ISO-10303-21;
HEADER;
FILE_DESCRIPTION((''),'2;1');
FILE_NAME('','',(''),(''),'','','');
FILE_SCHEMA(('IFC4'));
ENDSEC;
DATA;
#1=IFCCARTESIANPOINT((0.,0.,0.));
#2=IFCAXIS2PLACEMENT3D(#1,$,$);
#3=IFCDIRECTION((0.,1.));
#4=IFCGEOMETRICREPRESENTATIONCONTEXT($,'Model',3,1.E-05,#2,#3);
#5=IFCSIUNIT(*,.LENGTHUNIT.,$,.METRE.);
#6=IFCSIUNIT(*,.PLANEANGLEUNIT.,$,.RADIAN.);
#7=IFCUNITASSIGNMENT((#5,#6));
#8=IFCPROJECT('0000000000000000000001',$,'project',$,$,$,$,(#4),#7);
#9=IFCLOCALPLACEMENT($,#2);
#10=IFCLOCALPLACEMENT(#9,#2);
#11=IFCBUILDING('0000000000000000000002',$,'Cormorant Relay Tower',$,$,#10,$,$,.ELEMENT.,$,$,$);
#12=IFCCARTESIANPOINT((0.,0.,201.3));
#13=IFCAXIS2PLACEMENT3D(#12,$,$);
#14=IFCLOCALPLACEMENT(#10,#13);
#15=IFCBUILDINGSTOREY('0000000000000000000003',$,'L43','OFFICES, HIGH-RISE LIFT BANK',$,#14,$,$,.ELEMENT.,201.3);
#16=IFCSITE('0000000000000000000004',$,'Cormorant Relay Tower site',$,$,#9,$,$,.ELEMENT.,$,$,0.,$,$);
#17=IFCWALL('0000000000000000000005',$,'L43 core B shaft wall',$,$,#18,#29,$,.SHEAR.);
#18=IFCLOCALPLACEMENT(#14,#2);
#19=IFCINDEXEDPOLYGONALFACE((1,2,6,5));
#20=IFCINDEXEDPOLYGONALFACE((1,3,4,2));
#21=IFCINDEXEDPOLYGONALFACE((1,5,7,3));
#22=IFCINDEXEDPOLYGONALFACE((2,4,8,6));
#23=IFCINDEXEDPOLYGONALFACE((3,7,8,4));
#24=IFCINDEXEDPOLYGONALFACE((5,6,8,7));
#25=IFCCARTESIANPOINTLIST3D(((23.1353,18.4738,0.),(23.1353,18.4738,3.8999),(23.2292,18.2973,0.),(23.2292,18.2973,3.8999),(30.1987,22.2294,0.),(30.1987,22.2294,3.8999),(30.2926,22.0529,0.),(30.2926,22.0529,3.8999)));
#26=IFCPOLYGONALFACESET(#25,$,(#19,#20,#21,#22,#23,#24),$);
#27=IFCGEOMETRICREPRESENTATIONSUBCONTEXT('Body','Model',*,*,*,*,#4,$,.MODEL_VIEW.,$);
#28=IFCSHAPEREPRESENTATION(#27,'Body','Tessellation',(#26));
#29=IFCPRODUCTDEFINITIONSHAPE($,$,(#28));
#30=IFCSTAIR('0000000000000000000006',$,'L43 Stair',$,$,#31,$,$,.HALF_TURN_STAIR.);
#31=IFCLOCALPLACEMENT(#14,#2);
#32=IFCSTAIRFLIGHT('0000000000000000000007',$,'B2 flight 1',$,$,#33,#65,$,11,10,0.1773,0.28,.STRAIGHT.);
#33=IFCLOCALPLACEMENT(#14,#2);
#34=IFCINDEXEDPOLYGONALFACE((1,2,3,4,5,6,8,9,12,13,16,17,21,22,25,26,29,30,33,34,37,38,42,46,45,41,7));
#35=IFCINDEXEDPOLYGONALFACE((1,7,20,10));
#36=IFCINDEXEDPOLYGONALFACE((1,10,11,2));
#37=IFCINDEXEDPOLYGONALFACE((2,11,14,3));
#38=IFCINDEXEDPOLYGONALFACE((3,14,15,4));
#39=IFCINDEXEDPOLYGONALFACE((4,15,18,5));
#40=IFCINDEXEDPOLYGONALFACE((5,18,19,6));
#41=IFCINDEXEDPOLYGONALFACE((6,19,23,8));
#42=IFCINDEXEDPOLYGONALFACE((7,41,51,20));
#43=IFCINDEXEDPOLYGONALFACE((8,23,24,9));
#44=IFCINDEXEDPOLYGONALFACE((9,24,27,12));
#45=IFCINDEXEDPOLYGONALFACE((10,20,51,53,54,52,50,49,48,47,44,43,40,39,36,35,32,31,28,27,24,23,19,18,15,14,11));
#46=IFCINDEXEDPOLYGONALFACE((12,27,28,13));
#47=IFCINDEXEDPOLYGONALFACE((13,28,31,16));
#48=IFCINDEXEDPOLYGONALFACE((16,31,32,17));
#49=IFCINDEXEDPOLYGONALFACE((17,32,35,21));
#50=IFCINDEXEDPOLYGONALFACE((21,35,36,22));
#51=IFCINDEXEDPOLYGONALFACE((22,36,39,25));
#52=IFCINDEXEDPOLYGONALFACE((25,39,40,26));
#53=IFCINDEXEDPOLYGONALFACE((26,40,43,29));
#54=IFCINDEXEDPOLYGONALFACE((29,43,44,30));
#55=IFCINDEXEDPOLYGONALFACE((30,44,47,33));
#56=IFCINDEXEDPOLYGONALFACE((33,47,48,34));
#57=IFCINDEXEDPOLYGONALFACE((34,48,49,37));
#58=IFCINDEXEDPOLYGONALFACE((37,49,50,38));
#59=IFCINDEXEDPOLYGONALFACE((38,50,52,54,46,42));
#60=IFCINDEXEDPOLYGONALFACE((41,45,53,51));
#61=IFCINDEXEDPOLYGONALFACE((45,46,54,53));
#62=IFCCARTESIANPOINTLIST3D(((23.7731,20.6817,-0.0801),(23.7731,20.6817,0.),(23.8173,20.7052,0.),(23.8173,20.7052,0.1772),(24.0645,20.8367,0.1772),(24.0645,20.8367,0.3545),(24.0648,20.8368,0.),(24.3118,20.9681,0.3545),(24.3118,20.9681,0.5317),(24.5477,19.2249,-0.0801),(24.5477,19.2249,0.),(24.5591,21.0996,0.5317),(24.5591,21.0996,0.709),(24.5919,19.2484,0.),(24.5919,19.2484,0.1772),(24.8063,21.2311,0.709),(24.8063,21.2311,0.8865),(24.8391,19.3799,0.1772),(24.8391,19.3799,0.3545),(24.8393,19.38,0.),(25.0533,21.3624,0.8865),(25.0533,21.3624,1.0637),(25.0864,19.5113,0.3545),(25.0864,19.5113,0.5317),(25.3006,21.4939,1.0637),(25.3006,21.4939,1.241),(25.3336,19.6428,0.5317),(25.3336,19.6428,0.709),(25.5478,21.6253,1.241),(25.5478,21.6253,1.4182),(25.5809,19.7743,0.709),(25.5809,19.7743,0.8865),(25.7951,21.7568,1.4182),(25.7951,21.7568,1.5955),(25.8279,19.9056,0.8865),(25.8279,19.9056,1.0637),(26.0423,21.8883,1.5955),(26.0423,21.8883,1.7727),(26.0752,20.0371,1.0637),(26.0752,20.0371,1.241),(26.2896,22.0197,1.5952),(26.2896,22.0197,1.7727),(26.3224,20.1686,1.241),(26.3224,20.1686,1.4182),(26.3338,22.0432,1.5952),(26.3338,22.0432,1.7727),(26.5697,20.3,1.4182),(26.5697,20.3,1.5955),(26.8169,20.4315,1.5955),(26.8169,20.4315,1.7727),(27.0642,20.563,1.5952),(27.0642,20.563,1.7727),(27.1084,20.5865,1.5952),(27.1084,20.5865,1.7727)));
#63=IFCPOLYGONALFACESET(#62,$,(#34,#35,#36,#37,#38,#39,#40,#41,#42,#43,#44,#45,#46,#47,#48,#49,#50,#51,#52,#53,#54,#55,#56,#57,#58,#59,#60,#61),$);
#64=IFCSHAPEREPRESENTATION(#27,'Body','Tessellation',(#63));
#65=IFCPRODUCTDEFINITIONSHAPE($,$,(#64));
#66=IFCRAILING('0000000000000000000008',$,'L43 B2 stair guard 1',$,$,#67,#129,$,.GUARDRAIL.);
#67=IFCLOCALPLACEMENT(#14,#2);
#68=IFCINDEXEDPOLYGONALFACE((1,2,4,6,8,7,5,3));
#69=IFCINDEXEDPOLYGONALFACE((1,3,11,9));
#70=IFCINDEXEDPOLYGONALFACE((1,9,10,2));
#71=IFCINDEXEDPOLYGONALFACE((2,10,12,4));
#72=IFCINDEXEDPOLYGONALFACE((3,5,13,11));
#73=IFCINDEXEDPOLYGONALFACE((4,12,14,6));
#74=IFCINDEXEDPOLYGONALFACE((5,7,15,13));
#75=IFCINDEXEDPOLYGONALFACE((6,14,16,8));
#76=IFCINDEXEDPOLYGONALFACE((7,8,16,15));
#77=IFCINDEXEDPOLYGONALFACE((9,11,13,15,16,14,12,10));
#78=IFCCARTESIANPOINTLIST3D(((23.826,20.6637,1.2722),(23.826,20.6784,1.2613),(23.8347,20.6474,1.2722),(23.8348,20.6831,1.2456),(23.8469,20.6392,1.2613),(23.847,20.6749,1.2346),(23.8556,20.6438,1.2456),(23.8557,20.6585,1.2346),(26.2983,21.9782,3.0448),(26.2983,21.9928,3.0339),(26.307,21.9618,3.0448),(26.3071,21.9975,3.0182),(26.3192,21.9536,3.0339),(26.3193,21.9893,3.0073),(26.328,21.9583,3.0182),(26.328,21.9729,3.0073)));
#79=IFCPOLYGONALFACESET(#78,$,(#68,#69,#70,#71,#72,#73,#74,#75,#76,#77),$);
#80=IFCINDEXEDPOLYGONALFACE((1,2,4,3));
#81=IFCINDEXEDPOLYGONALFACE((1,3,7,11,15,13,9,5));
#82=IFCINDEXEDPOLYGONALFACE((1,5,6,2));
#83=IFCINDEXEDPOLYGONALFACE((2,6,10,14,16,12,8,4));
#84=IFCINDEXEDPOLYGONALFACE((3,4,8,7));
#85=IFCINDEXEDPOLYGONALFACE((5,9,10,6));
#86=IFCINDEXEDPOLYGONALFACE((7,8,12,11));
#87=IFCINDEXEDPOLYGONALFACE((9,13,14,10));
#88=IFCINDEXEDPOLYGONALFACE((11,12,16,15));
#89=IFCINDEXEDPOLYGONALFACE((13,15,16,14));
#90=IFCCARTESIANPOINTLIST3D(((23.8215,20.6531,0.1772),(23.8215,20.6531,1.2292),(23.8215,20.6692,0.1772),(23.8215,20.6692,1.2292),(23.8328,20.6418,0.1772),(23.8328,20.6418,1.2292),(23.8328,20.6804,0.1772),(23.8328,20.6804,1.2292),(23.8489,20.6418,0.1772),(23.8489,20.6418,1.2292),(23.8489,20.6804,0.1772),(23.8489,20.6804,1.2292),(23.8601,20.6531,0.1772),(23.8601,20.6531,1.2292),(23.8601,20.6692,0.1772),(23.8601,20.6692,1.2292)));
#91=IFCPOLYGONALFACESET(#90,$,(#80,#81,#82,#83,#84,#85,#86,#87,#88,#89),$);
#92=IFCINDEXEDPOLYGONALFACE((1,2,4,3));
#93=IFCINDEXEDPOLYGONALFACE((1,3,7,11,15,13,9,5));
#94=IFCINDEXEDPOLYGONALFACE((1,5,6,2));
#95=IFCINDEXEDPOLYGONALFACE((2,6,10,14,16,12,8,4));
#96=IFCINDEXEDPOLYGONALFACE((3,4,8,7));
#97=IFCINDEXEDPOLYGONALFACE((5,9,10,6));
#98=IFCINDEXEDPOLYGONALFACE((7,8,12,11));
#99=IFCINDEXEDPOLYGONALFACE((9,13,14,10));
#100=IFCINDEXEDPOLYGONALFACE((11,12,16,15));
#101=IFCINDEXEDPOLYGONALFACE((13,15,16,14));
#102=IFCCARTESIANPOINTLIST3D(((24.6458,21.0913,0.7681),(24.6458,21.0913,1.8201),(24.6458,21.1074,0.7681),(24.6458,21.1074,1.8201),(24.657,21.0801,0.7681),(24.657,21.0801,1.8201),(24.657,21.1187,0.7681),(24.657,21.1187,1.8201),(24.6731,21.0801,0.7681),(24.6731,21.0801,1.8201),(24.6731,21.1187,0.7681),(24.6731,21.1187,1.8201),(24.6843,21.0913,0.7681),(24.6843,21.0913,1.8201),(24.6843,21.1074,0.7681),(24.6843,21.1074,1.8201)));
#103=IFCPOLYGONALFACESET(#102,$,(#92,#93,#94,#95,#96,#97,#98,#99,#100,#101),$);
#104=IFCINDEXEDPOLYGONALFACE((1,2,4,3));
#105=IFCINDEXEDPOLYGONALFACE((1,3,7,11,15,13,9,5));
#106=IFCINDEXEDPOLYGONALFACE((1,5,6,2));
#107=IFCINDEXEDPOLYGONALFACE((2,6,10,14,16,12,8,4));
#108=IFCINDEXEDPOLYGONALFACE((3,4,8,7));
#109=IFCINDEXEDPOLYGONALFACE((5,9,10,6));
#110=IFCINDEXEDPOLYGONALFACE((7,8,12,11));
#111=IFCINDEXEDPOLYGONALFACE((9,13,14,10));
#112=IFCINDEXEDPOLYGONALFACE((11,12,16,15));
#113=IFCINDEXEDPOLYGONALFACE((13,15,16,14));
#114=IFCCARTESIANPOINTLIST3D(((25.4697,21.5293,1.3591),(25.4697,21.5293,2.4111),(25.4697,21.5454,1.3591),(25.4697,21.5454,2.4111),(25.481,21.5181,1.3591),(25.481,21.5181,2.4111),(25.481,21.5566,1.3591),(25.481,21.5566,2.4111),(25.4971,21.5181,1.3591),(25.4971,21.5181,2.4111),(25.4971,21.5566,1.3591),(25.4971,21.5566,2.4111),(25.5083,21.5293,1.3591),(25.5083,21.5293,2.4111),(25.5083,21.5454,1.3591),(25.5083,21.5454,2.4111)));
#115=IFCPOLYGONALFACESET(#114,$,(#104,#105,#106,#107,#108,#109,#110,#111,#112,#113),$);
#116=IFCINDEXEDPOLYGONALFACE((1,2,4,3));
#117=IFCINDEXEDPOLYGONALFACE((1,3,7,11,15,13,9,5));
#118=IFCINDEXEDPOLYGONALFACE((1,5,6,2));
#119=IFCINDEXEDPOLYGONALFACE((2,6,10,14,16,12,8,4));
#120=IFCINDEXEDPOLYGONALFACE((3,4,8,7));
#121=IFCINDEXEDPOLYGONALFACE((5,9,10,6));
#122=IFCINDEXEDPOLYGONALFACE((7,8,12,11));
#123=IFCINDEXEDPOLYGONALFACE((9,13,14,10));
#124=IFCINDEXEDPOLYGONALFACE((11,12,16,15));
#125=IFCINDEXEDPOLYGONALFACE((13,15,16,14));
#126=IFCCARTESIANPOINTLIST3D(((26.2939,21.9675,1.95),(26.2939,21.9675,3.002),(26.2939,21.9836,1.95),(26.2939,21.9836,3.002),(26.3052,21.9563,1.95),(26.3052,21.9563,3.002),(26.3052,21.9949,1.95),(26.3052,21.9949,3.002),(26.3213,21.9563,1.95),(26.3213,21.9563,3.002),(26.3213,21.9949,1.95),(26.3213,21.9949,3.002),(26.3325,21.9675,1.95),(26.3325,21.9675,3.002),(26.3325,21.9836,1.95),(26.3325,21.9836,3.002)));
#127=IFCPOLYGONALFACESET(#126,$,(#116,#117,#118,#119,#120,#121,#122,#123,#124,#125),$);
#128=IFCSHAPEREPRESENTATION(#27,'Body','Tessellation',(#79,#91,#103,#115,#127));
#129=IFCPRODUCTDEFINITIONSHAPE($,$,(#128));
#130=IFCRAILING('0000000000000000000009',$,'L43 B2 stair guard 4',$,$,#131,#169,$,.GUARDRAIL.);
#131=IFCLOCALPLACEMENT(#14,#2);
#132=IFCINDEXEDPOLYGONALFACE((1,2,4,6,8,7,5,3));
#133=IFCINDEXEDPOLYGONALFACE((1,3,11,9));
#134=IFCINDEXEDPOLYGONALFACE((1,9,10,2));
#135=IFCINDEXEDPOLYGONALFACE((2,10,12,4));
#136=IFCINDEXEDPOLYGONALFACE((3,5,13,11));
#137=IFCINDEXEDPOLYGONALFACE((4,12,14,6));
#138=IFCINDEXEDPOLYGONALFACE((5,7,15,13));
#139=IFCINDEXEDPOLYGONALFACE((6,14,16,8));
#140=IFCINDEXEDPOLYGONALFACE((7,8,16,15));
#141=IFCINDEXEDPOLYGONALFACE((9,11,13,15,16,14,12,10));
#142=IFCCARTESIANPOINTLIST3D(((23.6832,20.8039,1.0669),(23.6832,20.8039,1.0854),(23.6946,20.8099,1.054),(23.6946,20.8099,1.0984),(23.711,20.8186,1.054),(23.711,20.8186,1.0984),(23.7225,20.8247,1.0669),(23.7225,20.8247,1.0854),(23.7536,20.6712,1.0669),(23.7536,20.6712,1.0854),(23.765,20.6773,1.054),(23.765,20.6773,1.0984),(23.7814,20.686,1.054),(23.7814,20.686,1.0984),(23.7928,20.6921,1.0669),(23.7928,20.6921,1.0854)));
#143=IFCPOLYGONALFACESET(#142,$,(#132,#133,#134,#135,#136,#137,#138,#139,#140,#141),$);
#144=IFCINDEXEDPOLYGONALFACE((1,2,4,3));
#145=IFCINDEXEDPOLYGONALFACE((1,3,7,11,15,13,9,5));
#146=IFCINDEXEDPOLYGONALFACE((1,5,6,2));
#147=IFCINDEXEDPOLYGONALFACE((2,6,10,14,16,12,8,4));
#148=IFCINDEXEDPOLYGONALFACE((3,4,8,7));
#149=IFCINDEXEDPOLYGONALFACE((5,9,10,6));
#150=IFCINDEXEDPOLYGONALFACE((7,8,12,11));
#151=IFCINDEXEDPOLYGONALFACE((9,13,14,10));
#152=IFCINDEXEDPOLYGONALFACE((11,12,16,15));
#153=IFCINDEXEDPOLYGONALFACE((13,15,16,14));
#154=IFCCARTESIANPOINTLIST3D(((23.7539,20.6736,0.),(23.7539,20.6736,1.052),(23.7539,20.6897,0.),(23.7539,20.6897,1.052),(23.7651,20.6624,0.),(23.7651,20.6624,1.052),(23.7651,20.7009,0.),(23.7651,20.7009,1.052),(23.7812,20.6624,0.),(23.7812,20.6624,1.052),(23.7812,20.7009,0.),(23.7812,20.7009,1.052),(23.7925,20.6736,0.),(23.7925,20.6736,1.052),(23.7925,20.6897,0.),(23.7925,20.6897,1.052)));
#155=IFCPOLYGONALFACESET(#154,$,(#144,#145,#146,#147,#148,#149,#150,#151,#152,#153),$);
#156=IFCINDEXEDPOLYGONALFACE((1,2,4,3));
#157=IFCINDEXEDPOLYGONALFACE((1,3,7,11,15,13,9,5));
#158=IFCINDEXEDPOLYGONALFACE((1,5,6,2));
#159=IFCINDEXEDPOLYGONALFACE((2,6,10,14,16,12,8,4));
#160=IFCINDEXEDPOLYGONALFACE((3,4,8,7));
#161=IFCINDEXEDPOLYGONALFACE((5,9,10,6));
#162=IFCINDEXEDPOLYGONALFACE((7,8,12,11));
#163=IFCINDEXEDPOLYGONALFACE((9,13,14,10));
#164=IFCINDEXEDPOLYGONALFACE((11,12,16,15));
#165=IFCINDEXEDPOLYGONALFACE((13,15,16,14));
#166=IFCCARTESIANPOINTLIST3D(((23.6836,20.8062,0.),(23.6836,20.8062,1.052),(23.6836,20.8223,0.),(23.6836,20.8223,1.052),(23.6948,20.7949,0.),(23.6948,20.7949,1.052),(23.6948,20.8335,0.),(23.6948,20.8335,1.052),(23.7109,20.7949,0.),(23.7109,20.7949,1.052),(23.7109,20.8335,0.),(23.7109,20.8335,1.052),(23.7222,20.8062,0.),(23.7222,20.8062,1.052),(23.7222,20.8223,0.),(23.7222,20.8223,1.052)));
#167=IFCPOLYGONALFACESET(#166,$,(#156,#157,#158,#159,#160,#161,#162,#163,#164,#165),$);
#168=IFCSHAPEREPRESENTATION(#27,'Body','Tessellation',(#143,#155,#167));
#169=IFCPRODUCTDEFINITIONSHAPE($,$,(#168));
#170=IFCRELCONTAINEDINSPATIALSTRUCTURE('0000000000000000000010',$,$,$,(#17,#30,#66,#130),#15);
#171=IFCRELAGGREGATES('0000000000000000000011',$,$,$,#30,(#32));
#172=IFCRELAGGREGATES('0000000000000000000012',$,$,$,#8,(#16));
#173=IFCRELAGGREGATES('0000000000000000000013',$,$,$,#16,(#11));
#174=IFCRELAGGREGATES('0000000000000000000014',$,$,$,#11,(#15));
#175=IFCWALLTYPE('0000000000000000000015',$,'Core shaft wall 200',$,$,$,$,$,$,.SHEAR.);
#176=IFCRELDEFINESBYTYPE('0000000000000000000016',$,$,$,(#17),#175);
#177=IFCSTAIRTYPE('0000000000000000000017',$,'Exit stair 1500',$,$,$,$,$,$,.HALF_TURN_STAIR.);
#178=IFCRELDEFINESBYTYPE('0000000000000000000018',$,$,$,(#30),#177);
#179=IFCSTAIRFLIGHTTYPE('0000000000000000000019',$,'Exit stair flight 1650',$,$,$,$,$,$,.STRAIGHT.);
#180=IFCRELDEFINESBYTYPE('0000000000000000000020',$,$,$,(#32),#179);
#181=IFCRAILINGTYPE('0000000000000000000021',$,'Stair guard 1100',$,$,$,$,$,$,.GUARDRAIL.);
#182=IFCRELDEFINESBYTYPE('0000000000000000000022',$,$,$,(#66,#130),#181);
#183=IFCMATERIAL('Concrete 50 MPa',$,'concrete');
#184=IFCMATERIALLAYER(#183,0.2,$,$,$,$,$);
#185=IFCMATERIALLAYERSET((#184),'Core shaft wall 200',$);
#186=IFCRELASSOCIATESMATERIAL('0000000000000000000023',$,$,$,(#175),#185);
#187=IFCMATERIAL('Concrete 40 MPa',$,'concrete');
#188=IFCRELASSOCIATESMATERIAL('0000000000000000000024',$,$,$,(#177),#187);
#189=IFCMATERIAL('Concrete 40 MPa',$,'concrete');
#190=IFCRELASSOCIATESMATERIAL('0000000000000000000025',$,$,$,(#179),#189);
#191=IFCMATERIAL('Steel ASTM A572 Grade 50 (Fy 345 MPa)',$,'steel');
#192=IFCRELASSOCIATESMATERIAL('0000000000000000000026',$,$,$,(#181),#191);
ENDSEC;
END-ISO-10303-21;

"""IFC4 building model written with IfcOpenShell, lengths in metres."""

from ifc_helpers import new_model, si_unit, direction, frame, frame_2d, origin, place, context, subcontext, project, spatial, polyline, rectangle, outline, extrude, material, layer, layer_set, type_object, element, aggregate, save


model = new_model("IFC4")

# Units and contexts
model_context = context("Model", 3, precision=1e-05, world=origin(), true_north=direction((0.0, 1.0)))
body_context = subcontext(model_context, "Body", "Model", "MODEL_VIEW")
ifc_project = project(units=[si_unit("LENGTHUNIT", "METRE"), si_unit("PLANEANGLEUNIT", "RADIAN")], contexts=[model_context])

# Site, building, storey
site_placement = place(None, origin())
site = spatial("IfcSite", under=ifc_project, at=site_placement, Name="Cormorant Relay Tower site", CompositionType="ELEMENT", RefElevation=0.0)
building_placement = place(site_placement, origin())
building = spatial("IfcBuilding", under=site, at=building_placement, Name="Cormorant Relay Tower", CompositionType="ELEMENT")
storey_placement = place(building_placement, frame((0.0, 0.0, 201.3)))
storey = spatial("IfcBuildingStorey", under=building, at=storey_placement, Name="L43", Description="OFFICES, HIGH-RISE LIFT BANK", CompositionType="ELEMENT", Elevation=201.3)

# Shared definitions
ifc_material_1 = material(Name="Concrete 50 MPa", Category="concrete")
ifc_layer = layer(ifc_material_1, 0.2)
ifc_layer_set = layer_set([ifc_layer], Name="Core shaft wall 200")
wall_type = type_object("IfcWallType", Name="Core shaft wall 200", PredefinedType="SHEAR", material=ifc_layer_set)

# Wall
wall_1_placement = place(storey_placement, frame((23.1821, 18.3855, 0.0), z_axis=(0.0, 0.0, 1.0), x_axis=(0.882953, 0.469462, 0.0)))
element("IfcWall", 1, at=wall_1_placement, inside=storey, type_object=wall_type, Name="L43 core B shaft wall", PredefinedType="SHEAR", context=body_context, shape_type="SweptSolid", body=[
    extrude(rectangle(XDim=7.9998, YDim=0.2, at=frame_2d((4.0, 0.0))), origin(), (0.0, 0.0, 1.0), 3.8999),
])

# Stair, stair flight
ifc_material_2 = material(Name="Concrete 40 MPa", Category="concrete")
stair_type = type_object("IfcStairType", Name="Exit stair 1500", PredefinedType="HALF_TURN_STAIR", material=ifc_material_2)
stair_placement = place(storey_placement, origin())
stair = element("IfcStair", 2, at=stair_placement, inside=storey, type_object=stair_type, Name="L43 Stair", PredefinedType="HALF_TURN_STAIR")
ifc_material_3 = material(Name="Concrete 40 MPa", Category="concrete")
stair_flight_type = type_object("IfcStairFlightType", Name="Exit stair flight 1650", PredefinedType="STRAIGHT", material=ifc_material_3)
stair_flight_placement = place(storey_placement, frame((24.2046, 19.9768, 0.0), z_axis=(0.0, 0.0, 1.0), x_axis=(0.882948, 0.469472, 0.0)))
stair_flight = element("IfcStairFlight", 3, at=stair_flight_placement, type_object=stair_flight_type, Name="B2 flight 1", NumberOfRisers=11, NumberOfTreads=10, PredefinedType="STRAIGHT", RiserHeight=0.1773, TreadLength=0.28, context=body_context, shape_type="SweptSolid", body=[
    extrude(outline(polyline([(-0.05, -0.0801), (-0.05, 0.0), (0.0, 0.0), (0.0, 0.1772), (0.28, 0.1772), (0.28, 0.3545), (0.5601, 0.3545), (0.5601, 0.5317), (0.8401, 0.5317), (0.8401, 0.709), (1.1201, 0.709), (1.1201, 0.8865), (1.3999, 0.8865), (1.3999, 1.0637), (1.6799, 1.0637), (1.6799, 1.241), (1.96, 1.241), (1.96, 1.4182), (2.24, 1.4182), (2.24, 1.5955), (2.52, 1.5955), (2.52, 1.7727), (2.8, 1.7727), (2.8501, 1.7727), (2.8501, 1.5952), (2.8, 1.5952), (0.2803, 0.0), (-0.05, -0.0801)])), frame((0.0, 0.825, 0.0), z_axis=(0.0, -1.0, 0.0), x_axis=(1.0, 0.0, 0.0)), (0.0, 0.0, 1.0), 1.6499),
])
aggregate(stair, [stair_flight])

# Railings
ifc_material_4 = material(Name="Steel ASTM A572 Grade 50 (Fy 345 MPa)", Category="steel")
railing_type_1 = type_object("IfcRailingType", Name="Stair guard 1100", PredefinedType="GUARDRAIL", material=ifc_material_4)
railing_1_placement = place(storey_placement, frame((23.8408, 20.6611, 0.1772)))
element("IfcRailing", 4, at=railing_1_placement, inside=storey, type_object=railing_type_1, Name="L43 B2 stair guard 1", PredefinedType="GUARDRAIL", context=body_context, shape_type="SweptSolid", body=[
    extrude(outline(polyline([(0.0222, 0.0093), (0.0093, 0.0222), (-0.0093, 0.0222), (-0.0222, 0.0093), (-0.0222, -0.0093), (-0.0093, -0.0222), (0.0093, -0.0222), (0.0222, -0.0093), (0.0222, 0.0093)])), frame((0.0, 0.0, 1.0762), z_axis=(0.746034, 0.396627, 0.534902), x_axis=(-0.469429, 0.88297, 0.0)), (0.0, 0.0, 1.0), 3.314),
    extrude(outline(polyline([(0.0193, 0.0081), (0.0081, 0.0193), (-0.0081, 0.0193), (-0.0193, 0.0081), (-0.0193, -0.0081), (-0.0081, -0.0193), (0.0081, -0.0193), (0.0193, -0.0081), (0.0193, 0.0081)])), origin(), (0.0, 0.0, 1.0), 1.052),
    extrude(outline(polyline([(0.0193, 0.0081), (0.0081, 0.0193), (-0.0081, 0.0193), (-0.0193, 0.0081), (-0.0193, -0.0081), (-0.0081, -0.0193), (0.0081, -0.0193), (0.0193, -0.0081), (0.0193, 0.0081)])), frame((0.8242, 0.4382, 0.5908)), (0.0, 0.0, 1.0), 1.052),
    extrude(outline(polyline([(0.0193, 0.0081), (0.0081, 0.0193), (-0.0081, 0.0193), (-0.0193, 0.0081), (-0.0193, -0.0081), (-0.0081, -0.0193), (0.0081, -0.0193), (0.0193, -0.0081), (0.0193, 0.0081)])), frame((1.6482, 0.8762, 1.1819)), (0.0, 0.0, 1.0), 1.052),
    extrude(outline(polyline([(0.0193, 0.0081), (0.0081, 0.0193), (-0.0081, 0.0193), (-0.0193, 0.0081), (-0.0193, -0.0081), (-0.0081, -0.0193), (0.0081, -0.0193), (0.0193, -0.0081), (0.0193, 0.0081)])), frame((2.4724, 1.3145, 1.7727)), (0.0, 0.0, 1.0), 1.052),
])
railing_2_placement = place(storey_placement, frame((23.7732, 20.6816, 0.0)))
element("IfcRailing", 5, at=railing_2_placement, inside=storey, type_object=railing_type_1, Name="L43 B2 stair guard 4", PredefinedType="GUARDRAIL", context=body_context, shape_type="SweptSolid", body=[
    extrude(outline(polyline([(0.0222, 0.0093), (0.0093, 0.0222), (-0.0093, 0.0222), (-0.0222, 0.0093), (-0.0222, -0.0093), (-0.0093, -0.0222), (0.0093, -0.0222), (0.0222, -0.0093), (0.0222, 0.0093)])), frame((0.0, 0.0, 1.0762), z_axis=(-0.46856, 0.883431, 0.0), x_axis=(-0.883431, -0.46856, 0.0)), (0.0, 0.0, 1.0), 0.1501),
    extrude(outline(polyline([(0.0193, 0.0081), (0.0081, 0.0193), (-0.0081, 0.0193), (-0.0193, 0.0081), (-0.0193, -0.0081), (-0.0081, -0.0193), (0.0081, -0.0193), (0.0193, -0.0081), (0.0193, 0.0081)])), origin(), (0.0, 0.0, 1.0), 1.052),
    extrude(outline(polyline([(0.0193, 0.0081), (0.0081, 0.0193), (-0.0081, 0.0193), (-0.0193, 0.0081), (-0.0193, -0.0081), (-0.0081, -0.0193), (0.0081, -0.0193), (0.0193, -0.0081), (0.0193, 0.0081)])), frame((-0.0703, 0.1326, 0.0)), (0.0, 0.0, 1.0), 1.052),
])

save(model, "model.ifc")
